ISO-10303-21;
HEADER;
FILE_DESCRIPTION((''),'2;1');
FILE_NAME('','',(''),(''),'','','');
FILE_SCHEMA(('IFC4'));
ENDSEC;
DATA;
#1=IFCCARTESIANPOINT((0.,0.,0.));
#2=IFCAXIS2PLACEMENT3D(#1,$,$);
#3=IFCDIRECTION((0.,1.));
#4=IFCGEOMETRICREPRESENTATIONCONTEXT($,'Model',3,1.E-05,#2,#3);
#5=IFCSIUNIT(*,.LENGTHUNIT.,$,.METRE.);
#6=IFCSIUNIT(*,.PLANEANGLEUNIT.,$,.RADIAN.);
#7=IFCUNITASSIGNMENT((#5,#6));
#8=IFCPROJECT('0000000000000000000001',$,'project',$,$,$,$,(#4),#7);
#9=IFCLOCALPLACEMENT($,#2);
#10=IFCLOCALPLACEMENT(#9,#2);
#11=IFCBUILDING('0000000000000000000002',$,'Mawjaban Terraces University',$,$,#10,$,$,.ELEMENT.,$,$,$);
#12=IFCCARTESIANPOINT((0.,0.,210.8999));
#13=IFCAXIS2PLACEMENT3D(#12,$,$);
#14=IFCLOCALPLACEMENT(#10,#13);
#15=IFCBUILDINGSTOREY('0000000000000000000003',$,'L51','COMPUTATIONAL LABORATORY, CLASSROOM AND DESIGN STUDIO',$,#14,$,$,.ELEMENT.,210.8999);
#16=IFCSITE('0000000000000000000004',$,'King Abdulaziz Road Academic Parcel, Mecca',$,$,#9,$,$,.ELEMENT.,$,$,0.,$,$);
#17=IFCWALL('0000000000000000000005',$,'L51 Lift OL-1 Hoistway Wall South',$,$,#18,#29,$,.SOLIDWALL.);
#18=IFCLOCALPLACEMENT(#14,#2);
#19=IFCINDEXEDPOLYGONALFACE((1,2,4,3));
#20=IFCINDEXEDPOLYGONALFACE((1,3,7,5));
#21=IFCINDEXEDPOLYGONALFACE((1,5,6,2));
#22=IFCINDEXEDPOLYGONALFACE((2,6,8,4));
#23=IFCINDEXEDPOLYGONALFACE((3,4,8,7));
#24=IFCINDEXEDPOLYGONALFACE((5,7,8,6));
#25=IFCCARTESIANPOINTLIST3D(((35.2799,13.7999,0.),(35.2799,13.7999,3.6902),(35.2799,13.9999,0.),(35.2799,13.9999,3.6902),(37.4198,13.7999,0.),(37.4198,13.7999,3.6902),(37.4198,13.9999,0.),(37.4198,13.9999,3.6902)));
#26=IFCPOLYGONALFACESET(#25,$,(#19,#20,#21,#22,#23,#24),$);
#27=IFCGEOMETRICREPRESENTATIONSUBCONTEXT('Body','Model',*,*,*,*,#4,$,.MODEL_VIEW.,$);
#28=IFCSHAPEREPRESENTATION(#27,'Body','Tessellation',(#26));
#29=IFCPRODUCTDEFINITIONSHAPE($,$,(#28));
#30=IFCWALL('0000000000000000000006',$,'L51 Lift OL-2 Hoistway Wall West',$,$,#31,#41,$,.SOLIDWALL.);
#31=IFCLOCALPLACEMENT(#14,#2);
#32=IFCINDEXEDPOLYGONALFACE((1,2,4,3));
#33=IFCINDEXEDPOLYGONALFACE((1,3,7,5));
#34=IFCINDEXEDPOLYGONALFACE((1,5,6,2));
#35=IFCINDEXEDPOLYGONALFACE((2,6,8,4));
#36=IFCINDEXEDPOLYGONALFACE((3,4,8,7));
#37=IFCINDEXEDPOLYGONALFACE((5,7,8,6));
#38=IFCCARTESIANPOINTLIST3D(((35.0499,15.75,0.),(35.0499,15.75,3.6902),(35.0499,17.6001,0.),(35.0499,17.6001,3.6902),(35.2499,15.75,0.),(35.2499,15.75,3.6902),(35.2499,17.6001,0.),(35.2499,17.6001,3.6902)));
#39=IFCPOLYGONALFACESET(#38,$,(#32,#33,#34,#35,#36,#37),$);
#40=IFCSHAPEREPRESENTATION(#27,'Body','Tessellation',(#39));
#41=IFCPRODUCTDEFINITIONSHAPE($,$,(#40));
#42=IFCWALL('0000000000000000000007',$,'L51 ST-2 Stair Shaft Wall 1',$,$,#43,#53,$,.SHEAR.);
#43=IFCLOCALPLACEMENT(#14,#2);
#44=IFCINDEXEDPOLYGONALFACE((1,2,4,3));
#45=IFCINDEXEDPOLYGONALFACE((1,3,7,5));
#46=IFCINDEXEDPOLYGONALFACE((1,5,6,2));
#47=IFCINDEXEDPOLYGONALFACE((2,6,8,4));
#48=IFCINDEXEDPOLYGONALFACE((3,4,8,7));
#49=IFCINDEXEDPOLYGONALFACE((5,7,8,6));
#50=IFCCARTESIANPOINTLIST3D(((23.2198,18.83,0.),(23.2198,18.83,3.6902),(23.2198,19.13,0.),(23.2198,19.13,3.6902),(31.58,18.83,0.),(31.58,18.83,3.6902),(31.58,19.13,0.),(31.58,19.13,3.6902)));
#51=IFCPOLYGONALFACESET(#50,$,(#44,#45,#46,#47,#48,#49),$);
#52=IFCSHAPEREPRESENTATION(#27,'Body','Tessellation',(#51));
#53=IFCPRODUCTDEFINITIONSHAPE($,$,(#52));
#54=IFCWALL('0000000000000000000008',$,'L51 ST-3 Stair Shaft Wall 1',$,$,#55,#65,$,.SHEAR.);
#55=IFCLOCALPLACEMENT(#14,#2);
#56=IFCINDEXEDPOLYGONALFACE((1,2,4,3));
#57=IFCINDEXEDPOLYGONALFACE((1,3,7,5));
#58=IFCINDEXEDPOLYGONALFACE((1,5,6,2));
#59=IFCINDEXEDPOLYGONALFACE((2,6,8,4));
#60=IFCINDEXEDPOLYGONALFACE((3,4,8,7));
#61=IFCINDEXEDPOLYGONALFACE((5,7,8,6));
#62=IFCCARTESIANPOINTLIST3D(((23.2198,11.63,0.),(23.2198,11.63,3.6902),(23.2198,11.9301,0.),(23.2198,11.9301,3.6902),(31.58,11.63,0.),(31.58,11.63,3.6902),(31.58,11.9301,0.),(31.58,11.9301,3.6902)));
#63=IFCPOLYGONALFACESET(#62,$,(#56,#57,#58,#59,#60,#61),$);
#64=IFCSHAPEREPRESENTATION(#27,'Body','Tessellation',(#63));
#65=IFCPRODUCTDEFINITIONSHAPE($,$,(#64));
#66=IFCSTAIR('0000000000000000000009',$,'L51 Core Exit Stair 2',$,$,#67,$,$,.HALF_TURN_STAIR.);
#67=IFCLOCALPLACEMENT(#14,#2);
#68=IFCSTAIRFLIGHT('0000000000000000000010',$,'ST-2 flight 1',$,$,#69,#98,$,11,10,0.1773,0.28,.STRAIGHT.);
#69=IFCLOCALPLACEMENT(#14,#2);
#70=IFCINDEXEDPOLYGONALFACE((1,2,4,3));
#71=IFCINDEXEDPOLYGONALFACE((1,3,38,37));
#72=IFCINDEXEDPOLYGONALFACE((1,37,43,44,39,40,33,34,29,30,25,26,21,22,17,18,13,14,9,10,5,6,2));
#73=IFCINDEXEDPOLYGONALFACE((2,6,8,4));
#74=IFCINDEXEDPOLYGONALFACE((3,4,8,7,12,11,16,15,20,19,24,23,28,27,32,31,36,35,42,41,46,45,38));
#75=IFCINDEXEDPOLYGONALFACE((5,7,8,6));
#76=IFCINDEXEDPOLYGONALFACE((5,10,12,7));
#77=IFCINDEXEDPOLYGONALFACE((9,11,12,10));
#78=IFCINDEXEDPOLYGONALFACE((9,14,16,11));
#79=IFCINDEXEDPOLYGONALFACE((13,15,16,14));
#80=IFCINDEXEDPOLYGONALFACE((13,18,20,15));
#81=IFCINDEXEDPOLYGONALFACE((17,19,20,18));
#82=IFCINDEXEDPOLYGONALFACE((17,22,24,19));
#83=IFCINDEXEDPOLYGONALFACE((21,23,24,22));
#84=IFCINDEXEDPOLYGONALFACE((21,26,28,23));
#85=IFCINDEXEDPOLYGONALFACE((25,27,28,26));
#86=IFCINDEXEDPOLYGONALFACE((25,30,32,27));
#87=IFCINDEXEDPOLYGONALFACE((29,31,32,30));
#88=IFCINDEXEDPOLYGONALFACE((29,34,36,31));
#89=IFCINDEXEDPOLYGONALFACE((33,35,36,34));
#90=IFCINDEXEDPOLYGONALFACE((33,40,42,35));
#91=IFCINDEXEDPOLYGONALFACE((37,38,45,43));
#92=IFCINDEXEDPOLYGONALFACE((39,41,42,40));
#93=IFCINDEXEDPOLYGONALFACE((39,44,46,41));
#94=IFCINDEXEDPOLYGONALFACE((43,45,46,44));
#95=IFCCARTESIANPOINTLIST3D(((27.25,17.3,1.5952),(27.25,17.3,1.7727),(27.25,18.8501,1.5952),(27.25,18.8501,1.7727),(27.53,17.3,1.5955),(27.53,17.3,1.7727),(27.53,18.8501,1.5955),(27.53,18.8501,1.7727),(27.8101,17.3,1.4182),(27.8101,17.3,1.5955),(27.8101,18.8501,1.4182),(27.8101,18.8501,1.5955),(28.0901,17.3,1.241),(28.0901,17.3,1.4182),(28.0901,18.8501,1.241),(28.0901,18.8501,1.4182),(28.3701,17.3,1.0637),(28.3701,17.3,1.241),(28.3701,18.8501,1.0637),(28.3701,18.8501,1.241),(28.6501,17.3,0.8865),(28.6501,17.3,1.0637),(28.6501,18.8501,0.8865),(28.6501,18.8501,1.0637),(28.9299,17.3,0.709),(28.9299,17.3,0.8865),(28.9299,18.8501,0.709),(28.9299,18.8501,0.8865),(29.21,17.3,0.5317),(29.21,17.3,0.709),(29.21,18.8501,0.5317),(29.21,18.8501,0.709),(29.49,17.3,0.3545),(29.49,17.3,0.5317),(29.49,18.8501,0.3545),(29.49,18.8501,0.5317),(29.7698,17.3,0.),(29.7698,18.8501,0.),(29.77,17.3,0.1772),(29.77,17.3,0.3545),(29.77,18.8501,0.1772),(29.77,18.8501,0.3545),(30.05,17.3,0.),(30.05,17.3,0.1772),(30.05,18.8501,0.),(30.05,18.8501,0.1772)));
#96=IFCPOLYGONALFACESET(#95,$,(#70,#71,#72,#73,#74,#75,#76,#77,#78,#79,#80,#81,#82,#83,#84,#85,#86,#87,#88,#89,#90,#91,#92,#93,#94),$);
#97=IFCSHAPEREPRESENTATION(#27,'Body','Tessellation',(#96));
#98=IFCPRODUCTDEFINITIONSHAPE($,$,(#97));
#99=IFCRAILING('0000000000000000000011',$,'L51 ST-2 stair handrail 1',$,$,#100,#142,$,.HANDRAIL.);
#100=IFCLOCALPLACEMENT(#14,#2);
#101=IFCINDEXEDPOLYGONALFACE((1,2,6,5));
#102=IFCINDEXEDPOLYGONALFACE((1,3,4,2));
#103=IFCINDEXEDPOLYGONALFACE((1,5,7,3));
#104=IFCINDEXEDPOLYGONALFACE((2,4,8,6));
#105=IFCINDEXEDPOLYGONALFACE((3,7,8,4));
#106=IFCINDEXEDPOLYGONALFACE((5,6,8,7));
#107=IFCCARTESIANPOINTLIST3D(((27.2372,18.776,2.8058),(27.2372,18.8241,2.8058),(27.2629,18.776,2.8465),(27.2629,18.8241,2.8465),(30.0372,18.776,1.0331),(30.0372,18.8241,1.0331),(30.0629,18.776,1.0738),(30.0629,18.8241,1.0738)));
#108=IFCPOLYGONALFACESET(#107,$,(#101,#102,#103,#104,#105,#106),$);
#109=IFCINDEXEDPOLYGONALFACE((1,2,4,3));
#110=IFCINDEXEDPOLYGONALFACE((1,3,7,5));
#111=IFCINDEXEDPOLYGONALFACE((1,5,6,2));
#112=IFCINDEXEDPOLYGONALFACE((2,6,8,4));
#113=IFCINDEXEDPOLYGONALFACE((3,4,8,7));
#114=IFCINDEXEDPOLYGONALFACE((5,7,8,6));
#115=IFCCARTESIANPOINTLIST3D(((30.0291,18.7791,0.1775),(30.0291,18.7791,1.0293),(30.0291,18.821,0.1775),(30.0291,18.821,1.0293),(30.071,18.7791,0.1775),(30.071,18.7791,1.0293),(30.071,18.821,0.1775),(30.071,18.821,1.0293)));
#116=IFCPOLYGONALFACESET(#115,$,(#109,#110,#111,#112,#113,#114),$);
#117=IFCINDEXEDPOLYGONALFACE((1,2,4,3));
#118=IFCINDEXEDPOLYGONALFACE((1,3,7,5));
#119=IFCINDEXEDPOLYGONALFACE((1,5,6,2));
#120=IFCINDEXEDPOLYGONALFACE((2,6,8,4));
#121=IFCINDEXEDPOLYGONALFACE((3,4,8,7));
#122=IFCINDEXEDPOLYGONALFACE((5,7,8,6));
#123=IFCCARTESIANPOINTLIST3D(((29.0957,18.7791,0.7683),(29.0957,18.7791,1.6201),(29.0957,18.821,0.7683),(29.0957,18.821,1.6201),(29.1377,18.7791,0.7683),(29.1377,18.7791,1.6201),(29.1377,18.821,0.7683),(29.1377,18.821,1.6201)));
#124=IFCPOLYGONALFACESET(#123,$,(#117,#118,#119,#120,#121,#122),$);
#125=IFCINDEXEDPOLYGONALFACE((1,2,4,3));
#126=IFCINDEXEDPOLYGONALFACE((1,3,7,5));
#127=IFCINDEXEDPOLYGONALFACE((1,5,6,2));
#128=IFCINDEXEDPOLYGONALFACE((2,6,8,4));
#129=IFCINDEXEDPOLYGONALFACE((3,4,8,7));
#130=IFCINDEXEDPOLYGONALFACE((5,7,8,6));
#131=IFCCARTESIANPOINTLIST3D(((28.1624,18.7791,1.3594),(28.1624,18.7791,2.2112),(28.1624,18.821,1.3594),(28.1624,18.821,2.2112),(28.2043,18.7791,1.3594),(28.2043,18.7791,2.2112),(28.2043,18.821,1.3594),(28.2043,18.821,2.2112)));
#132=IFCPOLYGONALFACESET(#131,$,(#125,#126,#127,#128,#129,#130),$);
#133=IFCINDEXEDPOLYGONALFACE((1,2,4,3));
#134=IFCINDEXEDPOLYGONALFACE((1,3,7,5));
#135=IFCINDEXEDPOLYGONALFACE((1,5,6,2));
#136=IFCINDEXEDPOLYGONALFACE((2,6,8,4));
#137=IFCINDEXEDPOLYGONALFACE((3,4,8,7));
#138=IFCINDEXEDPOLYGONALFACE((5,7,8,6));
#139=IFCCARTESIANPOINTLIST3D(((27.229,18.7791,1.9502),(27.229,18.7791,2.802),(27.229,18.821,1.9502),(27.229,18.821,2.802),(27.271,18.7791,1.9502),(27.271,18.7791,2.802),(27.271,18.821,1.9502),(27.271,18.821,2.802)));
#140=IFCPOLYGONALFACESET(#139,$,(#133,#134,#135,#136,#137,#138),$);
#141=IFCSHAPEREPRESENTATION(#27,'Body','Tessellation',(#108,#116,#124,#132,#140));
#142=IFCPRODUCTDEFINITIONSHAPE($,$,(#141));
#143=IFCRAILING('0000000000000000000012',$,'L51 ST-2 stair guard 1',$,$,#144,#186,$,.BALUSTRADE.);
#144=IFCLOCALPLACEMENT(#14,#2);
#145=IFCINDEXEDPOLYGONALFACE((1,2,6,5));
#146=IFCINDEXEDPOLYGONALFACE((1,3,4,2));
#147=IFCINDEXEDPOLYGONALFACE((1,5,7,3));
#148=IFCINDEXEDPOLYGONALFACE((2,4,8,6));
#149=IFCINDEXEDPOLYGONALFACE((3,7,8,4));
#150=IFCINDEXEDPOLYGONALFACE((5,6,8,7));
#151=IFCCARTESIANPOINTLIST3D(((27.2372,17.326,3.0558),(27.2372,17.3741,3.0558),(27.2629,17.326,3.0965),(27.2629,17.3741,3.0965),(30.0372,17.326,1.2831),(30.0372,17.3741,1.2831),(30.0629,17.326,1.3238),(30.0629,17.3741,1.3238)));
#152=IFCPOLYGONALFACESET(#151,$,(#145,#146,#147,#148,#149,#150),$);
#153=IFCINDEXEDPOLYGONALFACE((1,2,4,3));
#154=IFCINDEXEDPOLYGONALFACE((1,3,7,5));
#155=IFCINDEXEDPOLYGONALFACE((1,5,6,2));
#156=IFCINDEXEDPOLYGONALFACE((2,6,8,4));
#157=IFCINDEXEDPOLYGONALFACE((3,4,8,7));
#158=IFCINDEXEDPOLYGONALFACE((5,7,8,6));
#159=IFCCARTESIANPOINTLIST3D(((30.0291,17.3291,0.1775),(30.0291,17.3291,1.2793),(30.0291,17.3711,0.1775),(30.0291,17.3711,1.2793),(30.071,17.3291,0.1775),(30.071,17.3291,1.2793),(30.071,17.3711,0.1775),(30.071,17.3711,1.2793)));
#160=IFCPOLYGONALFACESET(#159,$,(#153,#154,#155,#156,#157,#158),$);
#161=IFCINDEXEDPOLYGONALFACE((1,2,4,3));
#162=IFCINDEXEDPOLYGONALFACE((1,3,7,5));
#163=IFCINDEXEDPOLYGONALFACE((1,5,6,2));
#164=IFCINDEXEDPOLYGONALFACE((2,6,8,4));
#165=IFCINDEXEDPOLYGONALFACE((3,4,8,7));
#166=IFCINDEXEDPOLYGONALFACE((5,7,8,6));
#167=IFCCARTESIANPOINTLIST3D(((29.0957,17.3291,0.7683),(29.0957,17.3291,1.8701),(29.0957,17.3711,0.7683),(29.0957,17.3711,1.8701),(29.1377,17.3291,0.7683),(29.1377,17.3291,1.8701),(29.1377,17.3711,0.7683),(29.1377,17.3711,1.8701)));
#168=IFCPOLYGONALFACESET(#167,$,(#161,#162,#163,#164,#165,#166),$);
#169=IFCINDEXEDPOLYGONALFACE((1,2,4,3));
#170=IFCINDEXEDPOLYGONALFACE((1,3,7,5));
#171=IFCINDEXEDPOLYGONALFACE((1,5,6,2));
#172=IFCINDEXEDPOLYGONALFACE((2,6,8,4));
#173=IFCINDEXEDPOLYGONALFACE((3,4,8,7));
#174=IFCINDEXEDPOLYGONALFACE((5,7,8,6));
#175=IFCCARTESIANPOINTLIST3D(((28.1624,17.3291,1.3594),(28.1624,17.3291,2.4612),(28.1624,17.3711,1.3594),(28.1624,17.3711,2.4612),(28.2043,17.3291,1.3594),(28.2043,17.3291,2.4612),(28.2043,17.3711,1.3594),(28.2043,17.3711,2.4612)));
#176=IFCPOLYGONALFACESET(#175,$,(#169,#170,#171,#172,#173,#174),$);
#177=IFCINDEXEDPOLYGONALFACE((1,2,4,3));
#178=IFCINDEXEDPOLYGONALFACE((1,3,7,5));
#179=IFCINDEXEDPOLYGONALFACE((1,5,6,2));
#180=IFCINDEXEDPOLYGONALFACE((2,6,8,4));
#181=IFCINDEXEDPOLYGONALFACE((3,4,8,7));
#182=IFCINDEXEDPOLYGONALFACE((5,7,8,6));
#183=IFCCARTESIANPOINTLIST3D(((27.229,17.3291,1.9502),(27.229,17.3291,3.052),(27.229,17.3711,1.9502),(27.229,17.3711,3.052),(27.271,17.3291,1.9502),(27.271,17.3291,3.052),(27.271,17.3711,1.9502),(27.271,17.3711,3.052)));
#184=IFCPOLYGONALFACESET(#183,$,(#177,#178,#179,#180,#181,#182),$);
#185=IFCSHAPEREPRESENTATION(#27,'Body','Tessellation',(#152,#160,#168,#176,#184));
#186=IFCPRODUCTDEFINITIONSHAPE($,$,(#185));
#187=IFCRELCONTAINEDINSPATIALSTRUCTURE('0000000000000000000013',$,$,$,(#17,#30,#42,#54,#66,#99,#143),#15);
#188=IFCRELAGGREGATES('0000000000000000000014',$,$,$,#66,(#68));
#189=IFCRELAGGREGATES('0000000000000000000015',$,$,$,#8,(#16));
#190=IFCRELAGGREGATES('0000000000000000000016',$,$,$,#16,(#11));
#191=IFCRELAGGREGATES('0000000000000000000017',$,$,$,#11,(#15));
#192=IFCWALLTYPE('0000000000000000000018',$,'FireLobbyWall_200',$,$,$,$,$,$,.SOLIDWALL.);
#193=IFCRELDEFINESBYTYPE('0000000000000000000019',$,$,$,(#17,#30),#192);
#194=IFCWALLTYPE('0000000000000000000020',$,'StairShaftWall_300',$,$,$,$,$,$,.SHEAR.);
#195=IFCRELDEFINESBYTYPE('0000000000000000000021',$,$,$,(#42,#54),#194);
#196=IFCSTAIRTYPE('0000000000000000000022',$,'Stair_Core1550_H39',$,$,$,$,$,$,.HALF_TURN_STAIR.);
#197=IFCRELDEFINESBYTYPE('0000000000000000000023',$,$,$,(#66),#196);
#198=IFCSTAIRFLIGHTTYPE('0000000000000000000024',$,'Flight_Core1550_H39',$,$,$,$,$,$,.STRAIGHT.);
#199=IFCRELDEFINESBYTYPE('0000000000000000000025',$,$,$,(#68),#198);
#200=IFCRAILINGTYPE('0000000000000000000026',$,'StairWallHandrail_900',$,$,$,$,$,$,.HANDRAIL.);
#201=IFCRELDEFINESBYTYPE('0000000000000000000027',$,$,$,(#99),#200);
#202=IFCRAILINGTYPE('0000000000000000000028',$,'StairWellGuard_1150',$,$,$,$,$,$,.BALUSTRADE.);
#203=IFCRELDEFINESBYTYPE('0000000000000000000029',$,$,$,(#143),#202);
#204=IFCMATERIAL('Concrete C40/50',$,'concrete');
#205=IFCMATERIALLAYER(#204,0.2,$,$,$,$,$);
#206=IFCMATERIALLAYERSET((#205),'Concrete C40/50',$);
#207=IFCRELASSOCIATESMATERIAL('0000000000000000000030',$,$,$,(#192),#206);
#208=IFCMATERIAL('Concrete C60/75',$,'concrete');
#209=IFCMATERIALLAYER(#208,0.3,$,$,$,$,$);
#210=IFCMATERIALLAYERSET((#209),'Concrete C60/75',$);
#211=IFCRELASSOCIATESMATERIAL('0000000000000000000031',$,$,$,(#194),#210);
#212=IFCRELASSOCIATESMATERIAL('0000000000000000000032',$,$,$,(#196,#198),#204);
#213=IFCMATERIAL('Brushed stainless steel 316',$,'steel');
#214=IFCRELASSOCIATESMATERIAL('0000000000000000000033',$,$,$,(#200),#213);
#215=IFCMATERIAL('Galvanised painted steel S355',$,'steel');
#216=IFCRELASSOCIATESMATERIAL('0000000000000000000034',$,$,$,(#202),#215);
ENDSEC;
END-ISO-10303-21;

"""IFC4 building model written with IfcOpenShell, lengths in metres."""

from ifc_helpers import new_model, si_unit, direction, frame, frame_2d, origin, origin_2d, place, context, subcontext, project, spatial, polyline, rectangle, outline, extrude, material, layer, layer_set, type_object, element, aggregate, save


model = new_model("IFC4")

# Units and contexts
model_context = context("Model", 3, precision=1e-05, world=origin(), true_north=direction((0.0, 1.0)))
body_context = subcontext(model_context, "Body", "Model", "MODEL_VIEW")
ifc_project = project(units=[si_unit("LENGTHUNIT", "METRE"), si_unit("PLANEANGLEUNIT", "RADIAN")], contexts=[model_context])

# Site, building, storey
site_placement = place(None, origin())
site = spatial("IfcSite", under=ifc_project, at=site_placement, Name="King Abdulaziz Road Academic Parcel, Mecca", CompositionType="ELEMENT", RefElevation=0.0)
building_placement = place(site_placement, origin())
building = spatial("IfcBuilding", under=site, at=building_placement, Name="Mawjaban Terraces University", CompositionType="ELEMENT")
storey_placement = place(building_placement, frame((0.0, 0.0, 210.8999)))
storey = spatial("IfcBuildingStorey", under=building, at=storey_placement, Name="L51", Description="COMPUTATIONAL LABORATORY, CLASSROOM AND DESIGN STUDIO", CompositionType="ELEMENT", Elevation=210.8999)

# Shared definitions
ifc_material_1 = material(Name="Concrete C40/50", Category="concrete")
ifc_layer_1 = layer(ifc_material_1, 0.2)
ifc_layer_set_1 = layer_set([ifc_layer_1], Name="Concrete C40/50")
wall_type_1 = type_object("IfcWallType", Name="FireLobbyWall_200", PredefinedType="SOLIDWALL", material=ifc_layer_set_1)

# Walls
wall_1_placement = place(storey_placement, frame((35.28, 13.8999, 0.0), z_axis=(0.0, 0.0, 1.0), x_axis=(1.0, 0.0, 0.0)))
element("IfcWall", 1, at=wall_1_placement, inside=storey, type_object=wall_type_1, Name="L51 Lift OL-1 Hoistway Wall South", PredefinedType="SOLIDWALL", context=body_context, shape_type="SweptSolid", body=[
    extrude(rectangle(XDim=2.1399, YDim=0.2, at=frame_2d((1.0698, 0.0))), origin(), (0.0, 0.0, 1.0), 3.6902),
])
wall_2_placement = place(storey_placement, frame((35.1499, 17.6001, 0.0), z_axis=(0.0, 0.0, 1.0), x_axis=(0.0, -1.0, 0.0)))
element("IfcWall", 2, at=wall_2_placement, inside=storey, type_object=wall_type_1, Name="L51 Lift OL-2 Hoistway Wall West", PredefinedType="SOLIDWALL", context=body_context, shape_type="SweptSolid", body=[
    extrude(rectangle(XDim=1.8501, YDim=0.2, at=frame_2d((0.925, 0.0))), origin(), (0.0, 0.0, 1.0), 3.6902),
])
ifc_material_2 = material(Name="Concrete C60/75", Category="concrete")
ifc_layer_2 = layer(ifc_material_2, 0.3)
ifc_layer_set_2 = layer_set([ifc_layer_2], Name="Concrete C60/75")
wall_type_2 = type_object("IfcWallType", Name="StairShaftWall_300", PredefinedType="SHEAR", material=ifc_layer_set_2)
wall_3_placement = place(storey_placement, frame((31.5801, 18.98, 0.0), z_axis=(0.0, 0.0, 1.0), x_axis=(-1.0, 0.0, 0.0)))
element("IfcWall", 3, at=wall_3_placement, inside=storey, type_object=wall_type_2, Name="L51 ST-2 Stair Shaft Wall 1", PredefinedType="SHEAR", context=body_context, shape_type="SweptSolid", body=[
    extrude(rectangle(XDim=8.3601, YDim=0.3, at=frame_2d((4.1802, 0.0))), origin(), (0.0, 0.0, 1.0), 3.6902),
])

# Wall
wall_4_placement = place(storey_placement, frame((31.5801, 11.78, 0.0), z_axis=(0.0, 0.0, 1.0), x_axis=(-1.0, 0.0, 0.0)))
element("IfcWall", 4, at=wall_4_placement, inside=storey, type_object=wall_type_2, Name="L51 ST-3 Stair Shaft Wall 1", PredefinedType="SHEAR", context=body_context, shape_type="SweptSolid", body=[
    extrude(rectangle(XDim=8.3601, YDim=0.3, at=frame_2d((4.1802, 0.0))), origin(), (0.0, 0.0, 1.0), 3.6902),
])

# Stair, stair flight
stair_type = type_object("IfcStairType", Name="Stair_Core1550_H39", PredefinedType="HALF_TURN_STAIR", material=ifc_material_1)
stair_placement = place(storey_placement, origin())
stair = element("IfcStair", 5, at=stair_placement, inside=storey, type_object=stair_type, Name="L51 Core Exit Stair 2", PredefinedType="HALF_TURN_STAIR")
stair_flight_type = type_object("IfcStairFlightType", Name="Flight_Core1550_H39", PredefinedType="STRAIGHT", material=ifc_material_1)
stair_flight_placement = place(storey_placement, frame((30.05, 18.075, 0.0), z_axis=(0.0, 0.0, 1.0), x_axis=(-1.0, 0.0, 0.0)))
stair_flight = element("IfcStairFlight", 6, at=stair_flight_placement, type_object=stair_flight_type, Name="ST-2 flight 1", NumberOfRisers=11, NumberOfTreads=10, PredefinedType="STRAIGHT", RiserHeight=0.1773, TreadLength=0.28, context=body_context, shape_type="SweptSolid", body=[
    extrude(outline(polyline([(0.0, 0.0), (0.0, 0.1772), (0.28, 0.1772), (0.28, 0.3545), (0.5601, 0.3545), (0.5601, 0.5317), (0.8401, 0.5317), (0.8401, 0.709), (1.1201, 0.709), (1.1201, 0.8865), (1.3999, 0.8865), (1.3999, 1.0637), (1.6799, 1.0637), (1.6799, 1.241), (1.96, 1.241), (1.96, 1.4182), (2.24, 1.4182), (2.24, 1.5955), (2.52, 1.5955), (2.52, 1.7727), (2.8, 1.7727), (2.8, 1.95), (2.8, 1.5952), (0.2803, 0.0), (0.0, 0.0)])), frame((0.0, 0.7749, 0.0), z_axis=(0.0, -1.0, 0.0), x_axis=(1.0, 0.0, 0.0)), (0.0, 0.0, 1.0), 1.55),
])
aggregate(stair, [stair_flight])

# Railings
ifc_material_3 = material(Name="Brushed stainless steel 316", Category="steel")
railing_type_1 = type_object("IfcRailingType", Name="StairWallHandrail_900", PredefinedType="HANDRAIL", material=ifc_material_3)
railing_1_placement = place(storey_placement, frame((30.05, 18.8, 0.1775)))
element("IfcRailing", 7, at=railing_1_placement, inside=storey, type_object=railing_type_1, Name="L51 ST-2 stair handrail 1", PredefinedType="HANDRAIL", context=body_context, shape_type="SweptSolid", body=[
    extrude(rectangle(XDim=0.0481, YDim=0.0481, at=origin_2d()), frame((0.0, 0.0, 0.876), z_axis=(-0.844909, 0.0, 0.53491), x_axis=(0.0, -1.0, 0.0)), (0.0, 0.0, 1.0), 3.314),
    extrude(rectangle(XDim=0.042, YDim=0.042, at=origin_2d()), origin(), (0.0, 0.0, 1.0), 0.8518),
    extrude(rectangle(XDim=0.042, YDim=0.042, at=origin_2d()), frame((-0.9333, 0.0, 0.5908)), (0.0, 0.0, 1.0), 0.8518),
    extrude(rectangle(XDim=0.042, YDim=0.042, at=origin_2d()), frame((-1.8667, 0.0, 1.1819)), (0.0, 0.0, 1.0), 0.8518),
    extrude(rectangle(XDim=0.042, YDim=0.042, at=origin_2d()), frame((-2.8, 0.0, 1.7727)), (0.0, 0.0, 1.0), 0.8518),
])
ifc_material_4 = material(Name="Galvanised painted steel S355", Category="steel")
railing_type_2 = type_object("IfcRailingType", Name="StairWellGuard_1150", PredefinedType="BALUSTRADE", material=ifc_material_4)
railing_2_placement = place(storey_placement, frame((30.05, 17.3501, 0.1775)))
element("IfcRailing", 8, at=railing_2_placement, inside=storey, type_object=railing_type_2, Name="L51 ST-2 stair guard 1", PredefinedType="BALUSTRADE", context=body_context, shape_type="SweptSolid", body=[
    extrude(rectangle(XDim=0.0481, YDim=0.0481, at=origin_2d()), frame((0.0, 0.0, 1.126), z_axis=(-0.844909, 0.0, 0.53491), x_axis=(0.0, -1.0, 0.0)), (0.0, 0.0, 1.0), 3.314),
    extrude(rectangle(XDim=0.042, YDim=0.042, at=origin_2d()), origin(), (0.0, 0.0, 1.0), 1.1018),
    extrude(rectangle(XDim=0.042, YDim=0.042, at=origin_2d()), frame((-0.9333, 0.0, 0.5908)), (0.0, 0.0, 1.0), 1.1018),
    extrude(rectangle(XDim=0.042, YDim=0.042, at=origin_2d()), frame((-1.8667, 0.0, 1.1819)), (0.0, 0.0, 1.0), 1.1018),
    extrude(rectangle(XDim=0.042, YDim=0.042, at=origin_2d()), frame((-2.8, 0.0, 1.7727)), (0.0, 0.0, 1.0), 1.1018),
])

save(model, "model.ifc")
